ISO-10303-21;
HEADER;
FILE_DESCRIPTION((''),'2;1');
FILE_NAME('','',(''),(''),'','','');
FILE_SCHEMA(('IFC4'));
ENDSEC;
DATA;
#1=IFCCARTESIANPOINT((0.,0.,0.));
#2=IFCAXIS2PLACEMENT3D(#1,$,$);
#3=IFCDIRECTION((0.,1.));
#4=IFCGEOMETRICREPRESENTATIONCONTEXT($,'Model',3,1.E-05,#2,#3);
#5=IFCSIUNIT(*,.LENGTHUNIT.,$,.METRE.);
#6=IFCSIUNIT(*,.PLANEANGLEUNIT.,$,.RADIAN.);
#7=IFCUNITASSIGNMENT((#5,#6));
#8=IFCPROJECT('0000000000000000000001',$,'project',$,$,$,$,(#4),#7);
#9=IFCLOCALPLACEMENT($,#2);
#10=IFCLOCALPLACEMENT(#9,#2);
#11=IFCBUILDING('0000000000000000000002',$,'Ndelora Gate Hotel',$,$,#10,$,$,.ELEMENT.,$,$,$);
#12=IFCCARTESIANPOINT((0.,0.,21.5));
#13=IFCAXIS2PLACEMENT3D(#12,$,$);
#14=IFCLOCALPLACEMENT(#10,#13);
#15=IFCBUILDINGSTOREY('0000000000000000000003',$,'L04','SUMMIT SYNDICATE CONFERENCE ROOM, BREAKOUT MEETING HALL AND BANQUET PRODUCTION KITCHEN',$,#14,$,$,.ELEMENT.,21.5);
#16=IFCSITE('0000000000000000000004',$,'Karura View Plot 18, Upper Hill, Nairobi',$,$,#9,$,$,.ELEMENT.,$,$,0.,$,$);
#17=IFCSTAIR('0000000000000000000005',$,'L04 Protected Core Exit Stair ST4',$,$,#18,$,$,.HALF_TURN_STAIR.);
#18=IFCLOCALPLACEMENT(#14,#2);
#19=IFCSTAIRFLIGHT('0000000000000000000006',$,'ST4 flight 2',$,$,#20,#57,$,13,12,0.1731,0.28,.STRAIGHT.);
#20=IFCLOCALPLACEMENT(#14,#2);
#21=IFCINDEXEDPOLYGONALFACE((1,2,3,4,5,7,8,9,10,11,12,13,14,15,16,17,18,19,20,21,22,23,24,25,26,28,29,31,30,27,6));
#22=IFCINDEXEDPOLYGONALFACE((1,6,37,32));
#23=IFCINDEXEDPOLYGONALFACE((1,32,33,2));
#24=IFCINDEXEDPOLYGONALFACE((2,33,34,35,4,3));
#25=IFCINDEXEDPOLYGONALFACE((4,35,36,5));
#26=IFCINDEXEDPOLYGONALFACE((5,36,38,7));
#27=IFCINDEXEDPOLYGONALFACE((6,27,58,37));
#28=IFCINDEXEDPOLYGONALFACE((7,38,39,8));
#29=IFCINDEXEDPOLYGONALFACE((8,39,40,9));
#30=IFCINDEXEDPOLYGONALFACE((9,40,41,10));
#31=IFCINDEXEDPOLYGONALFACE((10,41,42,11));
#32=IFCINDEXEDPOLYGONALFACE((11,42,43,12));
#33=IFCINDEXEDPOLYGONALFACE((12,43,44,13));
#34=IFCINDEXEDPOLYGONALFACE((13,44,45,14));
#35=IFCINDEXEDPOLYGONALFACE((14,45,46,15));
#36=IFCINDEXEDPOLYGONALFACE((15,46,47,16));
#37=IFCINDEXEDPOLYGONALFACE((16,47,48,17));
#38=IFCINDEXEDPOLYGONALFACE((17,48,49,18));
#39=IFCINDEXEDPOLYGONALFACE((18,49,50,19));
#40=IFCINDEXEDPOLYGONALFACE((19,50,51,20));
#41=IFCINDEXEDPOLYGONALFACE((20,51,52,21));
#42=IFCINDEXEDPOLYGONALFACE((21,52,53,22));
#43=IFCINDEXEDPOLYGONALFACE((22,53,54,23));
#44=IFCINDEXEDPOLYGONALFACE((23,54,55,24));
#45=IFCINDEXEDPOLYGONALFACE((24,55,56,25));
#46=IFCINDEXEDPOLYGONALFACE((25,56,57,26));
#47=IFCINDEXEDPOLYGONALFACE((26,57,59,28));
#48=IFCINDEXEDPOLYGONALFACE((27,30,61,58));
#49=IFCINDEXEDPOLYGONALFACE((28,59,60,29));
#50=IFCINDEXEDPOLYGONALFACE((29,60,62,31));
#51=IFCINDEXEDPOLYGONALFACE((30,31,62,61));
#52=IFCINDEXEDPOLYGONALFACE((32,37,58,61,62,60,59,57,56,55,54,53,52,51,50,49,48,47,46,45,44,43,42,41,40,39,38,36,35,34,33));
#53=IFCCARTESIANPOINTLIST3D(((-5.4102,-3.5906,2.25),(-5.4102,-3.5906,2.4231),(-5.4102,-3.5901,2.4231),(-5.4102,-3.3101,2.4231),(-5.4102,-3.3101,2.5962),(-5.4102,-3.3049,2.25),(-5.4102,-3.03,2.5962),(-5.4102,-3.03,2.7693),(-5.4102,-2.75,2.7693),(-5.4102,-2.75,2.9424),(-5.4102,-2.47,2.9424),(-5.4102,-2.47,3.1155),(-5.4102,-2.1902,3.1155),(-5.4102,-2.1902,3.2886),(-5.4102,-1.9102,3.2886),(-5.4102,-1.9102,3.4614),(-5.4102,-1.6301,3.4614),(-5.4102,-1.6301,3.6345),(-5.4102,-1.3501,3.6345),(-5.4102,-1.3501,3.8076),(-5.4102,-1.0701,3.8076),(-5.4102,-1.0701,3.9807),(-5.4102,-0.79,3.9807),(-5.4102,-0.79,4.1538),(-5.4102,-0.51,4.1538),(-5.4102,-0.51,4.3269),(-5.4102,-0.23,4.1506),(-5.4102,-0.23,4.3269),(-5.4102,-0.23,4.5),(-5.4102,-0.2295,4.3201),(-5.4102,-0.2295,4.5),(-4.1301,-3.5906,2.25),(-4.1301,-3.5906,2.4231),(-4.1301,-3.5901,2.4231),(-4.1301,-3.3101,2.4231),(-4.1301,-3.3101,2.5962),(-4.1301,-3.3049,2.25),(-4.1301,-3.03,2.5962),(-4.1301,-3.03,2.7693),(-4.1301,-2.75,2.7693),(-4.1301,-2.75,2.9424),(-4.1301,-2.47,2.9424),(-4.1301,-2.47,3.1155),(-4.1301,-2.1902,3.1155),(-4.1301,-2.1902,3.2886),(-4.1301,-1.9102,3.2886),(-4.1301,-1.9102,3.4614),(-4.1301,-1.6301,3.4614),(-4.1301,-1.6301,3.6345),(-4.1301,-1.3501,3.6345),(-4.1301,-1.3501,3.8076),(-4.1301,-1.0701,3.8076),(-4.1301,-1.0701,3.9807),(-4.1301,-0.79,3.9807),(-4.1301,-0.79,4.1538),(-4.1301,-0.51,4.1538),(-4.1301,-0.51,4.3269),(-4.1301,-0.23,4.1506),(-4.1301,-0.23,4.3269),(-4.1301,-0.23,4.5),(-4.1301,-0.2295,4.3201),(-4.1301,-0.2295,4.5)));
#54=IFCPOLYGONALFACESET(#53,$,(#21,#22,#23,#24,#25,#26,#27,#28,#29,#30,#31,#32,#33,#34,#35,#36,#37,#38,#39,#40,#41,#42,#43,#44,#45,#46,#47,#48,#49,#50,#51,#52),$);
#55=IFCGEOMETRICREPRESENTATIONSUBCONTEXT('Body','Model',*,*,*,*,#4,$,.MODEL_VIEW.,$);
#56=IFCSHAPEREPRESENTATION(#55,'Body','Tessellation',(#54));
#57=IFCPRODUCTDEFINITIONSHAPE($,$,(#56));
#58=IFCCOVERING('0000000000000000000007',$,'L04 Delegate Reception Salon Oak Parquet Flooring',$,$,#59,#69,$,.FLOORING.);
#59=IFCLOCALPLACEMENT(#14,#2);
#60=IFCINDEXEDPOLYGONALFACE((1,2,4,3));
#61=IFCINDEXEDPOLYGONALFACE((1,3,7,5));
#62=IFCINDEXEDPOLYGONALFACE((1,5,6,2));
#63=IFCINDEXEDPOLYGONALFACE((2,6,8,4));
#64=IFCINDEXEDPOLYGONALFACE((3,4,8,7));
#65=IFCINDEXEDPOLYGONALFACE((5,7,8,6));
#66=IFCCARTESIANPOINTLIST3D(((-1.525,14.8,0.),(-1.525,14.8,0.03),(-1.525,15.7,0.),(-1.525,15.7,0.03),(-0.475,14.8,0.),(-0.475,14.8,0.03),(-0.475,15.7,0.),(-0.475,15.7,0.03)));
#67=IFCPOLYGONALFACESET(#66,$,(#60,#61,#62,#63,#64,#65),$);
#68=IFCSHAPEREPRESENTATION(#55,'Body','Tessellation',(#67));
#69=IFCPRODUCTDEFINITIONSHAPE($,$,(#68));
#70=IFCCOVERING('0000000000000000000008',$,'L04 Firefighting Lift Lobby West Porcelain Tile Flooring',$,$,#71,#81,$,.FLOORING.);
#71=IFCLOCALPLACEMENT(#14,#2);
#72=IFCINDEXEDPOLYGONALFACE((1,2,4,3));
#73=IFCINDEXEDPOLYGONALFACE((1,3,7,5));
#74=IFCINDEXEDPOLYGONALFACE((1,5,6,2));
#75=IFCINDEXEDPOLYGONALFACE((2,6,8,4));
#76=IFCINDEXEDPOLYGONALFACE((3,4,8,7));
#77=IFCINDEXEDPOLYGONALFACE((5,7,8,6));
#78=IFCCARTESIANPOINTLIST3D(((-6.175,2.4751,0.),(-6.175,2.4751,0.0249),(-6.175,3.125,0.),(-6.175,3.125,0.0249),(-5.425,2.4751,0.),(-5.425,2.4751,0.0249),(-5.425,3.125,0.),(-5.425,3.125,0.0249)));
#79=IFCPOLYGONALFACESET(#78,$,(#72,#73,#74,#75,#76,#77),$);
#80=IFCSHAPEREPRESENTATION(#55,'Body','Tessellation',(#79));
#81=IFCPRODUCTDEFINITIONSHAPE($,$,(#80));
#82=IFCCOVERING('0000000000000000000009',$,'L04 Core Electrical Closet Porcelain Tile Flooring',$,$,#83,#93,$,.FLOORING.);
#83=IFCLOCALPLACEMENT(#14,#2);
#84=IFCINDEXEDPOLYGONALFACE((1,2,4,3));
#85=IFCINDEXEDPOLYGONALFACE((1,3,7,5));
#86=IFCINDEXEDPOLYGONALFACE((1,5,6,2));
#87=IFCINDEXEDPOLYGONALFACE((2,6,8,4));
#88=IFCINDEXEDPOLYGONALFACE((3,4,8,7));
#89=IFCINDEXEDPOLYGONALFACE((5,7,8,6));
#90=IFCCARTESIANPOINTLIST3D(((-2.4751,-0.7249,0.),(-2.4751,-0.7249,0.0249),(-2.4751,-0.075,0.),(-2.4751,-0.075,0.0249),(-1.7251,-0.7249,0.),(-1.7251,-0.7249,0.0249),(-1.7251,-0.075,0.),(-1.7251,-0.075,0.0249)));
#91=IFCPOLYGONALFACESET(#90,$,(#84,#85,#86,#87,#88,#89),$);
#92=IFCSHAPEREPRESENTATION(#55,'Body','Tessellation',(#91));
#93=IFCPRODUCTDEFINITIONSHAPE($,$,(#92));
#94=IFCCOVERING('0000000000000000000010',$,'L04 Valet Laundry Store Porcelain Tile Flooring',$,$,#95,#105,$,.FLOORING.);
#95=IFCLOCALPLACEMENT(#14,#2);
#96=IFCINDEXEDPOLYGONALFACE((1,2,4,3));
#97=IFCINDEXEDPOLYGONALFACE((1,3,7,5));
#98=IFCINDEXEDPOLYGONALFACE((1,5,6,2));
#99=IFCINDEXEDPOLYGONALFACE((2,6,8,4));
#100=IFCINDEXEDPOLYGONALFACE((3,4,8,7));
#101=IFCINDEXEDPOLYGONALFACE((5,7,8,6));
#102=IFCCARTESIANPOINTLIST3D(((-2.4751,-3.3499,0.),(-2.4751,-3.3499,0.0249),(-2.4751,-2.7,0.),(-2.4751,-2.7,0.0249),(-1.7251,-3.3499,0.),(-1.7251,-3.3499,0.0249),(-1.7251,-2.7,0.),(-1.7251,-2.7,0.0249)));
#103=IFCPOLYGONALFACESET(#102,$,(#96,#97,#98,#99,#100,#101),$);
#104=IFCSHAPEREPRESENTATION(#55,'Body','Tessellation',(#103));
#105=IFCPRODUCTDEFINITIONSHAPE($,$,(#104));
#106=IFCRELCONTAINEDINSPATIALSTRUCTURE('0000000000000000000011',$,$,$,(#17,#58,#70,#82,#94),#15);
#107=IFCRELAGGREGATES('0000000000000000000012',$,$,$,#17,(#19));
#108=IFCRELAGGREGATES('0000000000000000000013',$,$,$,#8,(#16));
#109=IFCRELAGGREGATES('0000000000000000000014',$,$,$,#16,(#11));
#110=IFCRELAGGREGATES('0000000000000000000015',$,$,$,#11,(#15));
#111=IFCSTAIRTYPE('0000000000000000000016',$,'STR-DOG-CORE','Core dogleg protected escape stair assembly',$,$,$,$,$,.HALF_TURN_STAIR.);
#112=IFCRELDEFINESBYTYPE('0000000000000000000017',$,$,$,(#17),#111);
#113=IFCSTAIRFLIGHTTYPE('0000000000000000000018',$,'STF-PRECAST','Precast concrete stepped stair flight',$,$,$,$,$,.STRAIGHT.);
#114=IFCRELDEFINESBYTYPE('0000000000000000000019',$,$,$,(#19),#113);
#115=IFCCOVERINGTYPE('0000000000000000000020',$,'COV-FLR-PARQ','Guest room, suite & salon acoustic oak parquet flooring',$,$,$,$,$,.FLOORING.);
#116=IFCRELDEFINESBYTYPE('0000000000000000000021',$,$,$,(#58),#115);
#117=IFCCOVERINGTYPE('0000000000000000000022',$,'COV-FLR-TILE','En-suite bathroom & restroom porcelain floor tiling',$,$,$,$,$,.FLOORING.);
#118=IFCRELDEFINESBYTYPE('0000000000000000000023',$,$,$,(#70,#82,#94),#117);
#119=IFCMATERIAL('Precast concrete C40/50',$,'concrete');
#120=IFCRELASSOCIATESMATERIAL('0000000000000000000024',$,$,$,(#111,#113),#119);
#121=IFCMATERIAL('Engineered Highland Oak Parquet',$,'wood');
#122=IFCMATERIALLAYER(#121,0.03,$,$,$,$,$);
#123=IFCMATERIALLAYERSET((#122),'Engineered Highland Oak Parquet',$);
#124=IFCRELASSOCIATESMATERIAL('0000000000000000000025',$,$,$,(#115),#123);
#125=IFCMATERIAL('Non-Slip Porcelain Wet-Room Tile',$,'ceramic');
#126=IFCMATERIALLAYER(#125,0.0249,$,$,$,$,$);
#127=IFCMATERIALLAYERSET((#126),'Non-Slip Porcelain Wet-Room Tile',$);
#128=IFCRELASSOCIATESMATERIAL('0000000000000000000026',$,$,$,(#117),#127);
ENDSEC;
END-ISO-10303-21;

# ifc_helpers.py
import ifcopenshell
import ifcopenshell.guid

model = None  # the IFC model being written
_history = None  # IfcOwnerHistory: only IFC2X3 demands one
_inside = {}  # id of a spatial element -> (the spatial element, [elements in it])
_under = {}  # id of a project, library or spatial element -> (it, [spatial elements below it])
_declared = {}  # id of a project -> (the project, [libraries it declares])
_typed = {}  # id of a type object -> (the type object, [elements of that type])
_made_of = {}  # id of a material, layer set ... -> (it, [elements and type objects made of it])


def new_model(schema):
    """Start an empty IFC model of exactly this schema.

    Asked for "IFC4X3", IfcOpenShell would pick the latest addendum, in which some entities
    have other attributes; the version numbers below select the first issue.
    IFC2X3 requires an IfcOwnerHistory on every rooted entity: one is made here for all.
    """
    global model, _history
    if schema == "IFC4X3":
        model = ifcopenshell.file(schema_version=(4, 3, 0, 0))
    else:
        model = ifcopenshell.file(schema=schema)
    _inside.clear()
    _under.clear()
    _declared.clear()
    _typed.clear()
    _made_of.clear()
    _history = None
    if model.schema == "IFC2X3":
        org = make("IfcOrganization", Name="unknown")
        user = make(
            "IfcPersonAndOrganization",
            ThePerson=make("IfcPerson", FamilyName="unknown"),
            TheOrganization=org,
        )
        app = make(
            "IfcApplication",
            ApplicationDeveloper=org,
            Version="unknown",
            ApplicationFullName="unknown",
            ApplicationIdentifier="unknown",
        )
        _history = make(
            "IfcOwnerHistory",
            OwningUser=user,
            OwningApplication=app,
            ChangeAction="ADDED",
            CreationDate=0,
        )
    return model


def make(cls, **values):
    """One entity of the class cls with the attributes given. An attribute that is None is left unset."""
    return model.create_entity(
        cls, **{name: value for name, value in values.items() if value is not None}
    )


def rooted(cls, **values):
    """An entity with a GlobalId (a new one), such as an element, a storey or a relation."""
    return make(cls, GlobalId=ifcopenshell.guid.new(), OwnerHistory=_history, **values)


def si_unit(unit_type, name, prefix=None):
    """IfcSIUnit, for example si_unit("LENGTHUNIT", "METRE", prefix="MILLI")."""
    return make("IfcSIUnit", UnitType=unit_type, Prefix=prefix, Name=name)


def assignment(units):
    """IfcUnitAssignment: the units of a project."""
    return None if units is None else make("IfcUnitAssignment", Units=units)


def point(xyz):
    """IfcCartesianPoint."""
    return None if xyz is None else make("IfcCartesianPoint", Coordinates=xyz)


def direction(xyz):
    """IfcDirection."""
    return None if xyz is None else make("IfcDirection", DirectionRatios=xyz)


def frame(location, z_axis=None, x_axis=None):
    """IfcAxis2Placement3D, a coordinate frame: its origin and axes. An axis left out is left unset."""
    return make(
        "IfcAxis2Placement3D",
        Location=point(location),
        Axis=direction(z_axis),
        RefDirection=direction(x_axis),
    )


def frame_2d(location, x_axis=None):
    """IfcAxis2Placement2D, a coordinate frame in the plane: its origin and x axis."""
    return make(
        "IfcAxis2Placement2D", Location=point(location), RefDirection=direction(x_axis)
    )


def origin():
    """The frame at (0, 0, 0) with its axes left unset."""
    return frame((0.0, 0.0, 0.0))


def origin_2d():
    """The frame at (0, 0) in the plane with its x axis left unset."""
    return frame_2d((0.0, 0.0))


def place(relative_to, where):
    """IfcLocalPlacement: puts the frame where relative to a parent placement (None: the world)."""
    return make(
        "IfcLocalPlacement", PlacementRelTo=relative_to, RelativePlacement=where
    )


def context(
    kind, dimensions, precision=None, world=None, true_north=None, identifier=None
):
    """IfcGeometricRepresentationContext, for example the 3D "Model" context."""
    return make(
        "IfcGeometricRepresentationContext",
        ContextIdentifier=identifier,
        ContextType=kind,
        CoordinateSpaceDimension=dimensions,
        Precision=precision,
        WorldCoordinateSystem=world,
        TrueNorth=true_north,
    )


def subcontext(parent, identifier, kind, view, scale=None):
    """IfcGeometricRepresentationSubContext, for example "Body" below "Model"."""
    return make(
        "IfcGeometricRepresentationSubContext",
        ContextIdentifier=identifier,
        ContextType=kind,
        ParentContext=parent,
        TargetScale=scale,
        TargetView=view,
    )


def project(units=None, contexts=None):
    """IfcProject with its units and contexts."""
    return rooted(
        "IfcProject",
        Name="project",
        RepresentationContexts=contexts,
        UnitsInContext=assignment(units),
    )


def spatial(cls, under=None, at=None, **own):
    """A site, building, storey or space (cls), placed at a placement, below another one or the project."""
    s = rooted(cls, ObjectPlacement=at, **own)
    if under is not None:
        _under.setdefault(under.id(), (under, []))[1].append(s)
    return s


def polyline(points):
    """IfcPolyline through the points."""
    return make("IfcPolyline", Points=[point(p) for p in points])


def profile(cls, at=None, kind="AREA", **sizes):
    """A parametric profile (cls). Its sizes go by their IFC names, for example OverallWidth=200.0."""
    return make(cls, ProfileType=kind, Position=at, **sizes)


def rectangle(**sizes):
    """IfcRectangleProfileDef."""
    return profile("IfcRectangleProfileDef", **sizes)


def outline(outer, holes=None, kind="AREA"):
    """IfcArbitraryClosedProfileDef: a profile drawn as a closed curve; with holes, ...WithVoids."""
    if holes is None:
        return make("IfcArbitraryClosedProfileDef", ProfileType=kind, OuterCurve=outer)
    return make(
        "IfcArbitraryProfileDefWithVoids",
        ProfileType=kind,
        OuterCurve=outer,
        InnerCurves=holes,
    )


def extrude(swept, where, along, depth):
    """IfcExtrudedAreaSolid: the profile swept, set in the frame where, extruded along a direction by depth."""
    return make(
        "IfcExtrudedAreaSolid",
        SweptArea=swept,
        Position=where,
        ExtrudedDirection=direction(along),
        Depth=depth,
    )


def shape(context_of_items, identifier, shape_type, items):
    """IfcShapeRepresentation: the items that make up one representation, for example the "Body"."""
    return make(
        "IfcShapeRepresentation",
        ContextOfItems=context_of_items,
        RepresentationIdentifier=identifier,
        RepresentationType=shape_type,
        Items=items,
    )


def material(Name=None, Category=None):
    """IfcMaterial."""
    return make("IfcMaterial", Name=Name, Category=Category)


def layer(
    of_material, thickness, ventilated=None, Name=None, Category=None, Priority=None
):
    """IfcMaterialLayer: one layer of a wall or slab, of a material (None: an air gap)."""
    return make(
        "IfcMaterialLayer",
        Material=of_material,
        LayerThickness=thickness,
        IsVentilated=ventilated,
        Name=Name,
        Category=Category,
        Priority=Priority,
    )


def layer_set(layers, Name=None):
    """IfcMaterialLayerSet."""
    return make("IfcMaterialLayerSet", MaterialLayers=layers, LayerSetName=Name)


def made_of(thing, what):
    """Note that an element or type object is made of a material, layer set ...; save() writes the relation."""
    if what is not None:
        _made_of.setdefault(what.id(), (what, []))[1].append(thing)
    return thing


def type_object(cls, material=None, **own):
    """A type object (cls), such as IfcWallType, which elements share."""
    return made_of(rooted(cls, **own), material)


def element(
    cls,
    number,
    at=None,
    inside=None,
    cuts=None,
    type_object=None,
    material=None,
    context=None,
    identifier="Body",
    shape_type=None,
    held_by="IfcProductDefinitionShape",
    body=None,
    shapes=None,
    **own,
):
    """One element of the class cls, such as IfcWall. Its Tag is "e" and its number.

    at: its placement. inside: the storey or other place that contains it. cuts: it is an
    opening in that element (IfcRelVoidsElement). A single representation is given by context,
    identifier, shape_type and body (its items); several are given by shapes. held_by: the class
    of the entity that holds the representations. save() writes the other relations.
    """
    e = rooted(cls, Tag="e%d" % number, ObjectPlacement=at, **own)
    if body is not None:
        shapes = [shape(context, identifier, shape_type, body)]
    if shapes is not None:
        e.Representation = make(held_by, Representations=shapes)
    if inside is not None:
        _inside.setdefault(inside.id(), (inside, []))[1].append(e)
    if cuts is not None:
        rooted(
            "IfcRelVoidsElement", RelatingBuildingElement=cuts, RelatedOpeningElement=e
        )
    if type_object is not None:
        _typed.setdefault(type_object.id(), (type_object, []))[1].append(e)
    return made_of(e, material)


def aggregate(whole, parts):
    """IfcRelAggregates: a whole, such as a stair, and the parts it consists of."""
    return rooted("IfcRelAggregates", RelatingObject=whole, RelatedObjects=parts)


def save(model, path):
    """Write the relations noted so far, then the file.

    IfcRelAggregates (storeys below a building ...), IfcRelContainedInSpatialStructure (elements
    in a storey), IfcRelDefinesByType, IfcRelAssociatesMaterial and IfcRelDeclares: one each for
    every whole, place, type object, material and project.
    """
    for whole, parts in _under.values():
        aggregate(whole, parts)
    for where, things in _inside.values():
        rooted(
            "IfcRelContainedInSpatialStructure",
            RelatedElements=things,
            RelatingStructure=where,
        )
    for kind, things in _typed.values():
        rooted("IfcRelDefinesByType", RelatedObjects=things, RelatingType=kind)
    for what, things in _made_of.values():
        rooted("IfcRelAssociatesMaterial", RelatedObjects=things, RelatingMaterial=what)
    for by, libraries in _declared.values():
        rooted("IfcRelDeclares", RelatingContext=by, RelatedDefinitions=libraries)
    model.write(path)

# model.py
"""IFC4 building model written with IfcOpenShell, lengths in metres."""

from ifc_helpers import new_model, si_unit, direction, frame, origin, origin_2d, place, context, subcontext, project, spatial, polyline, rectangle, outline, extrude, material, layer, layer_set, type_object, element, aggregate, save


model = new_model("IFC4")

# Units and contexts
model_context = context("Model", 3, precision=1e-05, world=origin(), true_north=direction((0.0, 1.0)))
body_context = subcontext(model_context, "Body", "Model", "MODEL_VIEW")
ifc_project = project(units=[si_unit("LENGTHUNIT", "METRE"), si_unit("PLANEANGLEUNIT", "RADIAN")], contexts=[model_context])

# Site, building, storey
site_placement = place(None, origin())
site = spatial("IfcSite", under=ifc_project, at=site_placement, Name="Karura View Plot 18, Upper Hill, Nairobi", CompositionType="ELEMENT", RefElevation=0.0)
building_placement = place(site_placement, origin())
building = spatial("IfcBuilding", under=site, at=building_placement, Name="Ndelora Gate Hotel", CompositionType="ELEMENT")
storey_placement = place(building_placement, frame((0.0, 0.0, 21.5)))
storey = spatial("IfcBuildingStorey", under=building, at=storey_placement, Name="L04", Description="SUMMIT SYNDICATE CONFERENCE ROOM, BREAKOUT MEETING HALL AND BANQUET PRODUCTION KITCHEN", CompositionType="ELEMENT", Elevation=21.5)

# Stair, stair flight
ifc_material_1 = material(Name="Precast concrete C40/50", Category="concrete")
stair_type = type_object("IfcStairType", Name="STR-DOG-CORE", Description="Core dogleg protected escape stair assembly", PredefinedType="HALF_TURN_STAIR", material=ifc_material_1)
stair_placement = place(storey_placement, origin())
stair = element("IfcStair", 1, at=stair_placement, inside=storey, type_object=stair_type, Name="L04 Protected Core Exit Stair ST4", PredefinedType="HALF_TURN_STAIR")
stair_flight_type = type_object("IfcStairFlightType", Name="STF-PRECAST", Description="Precast concrete stepped stair flight", PredefinedType="STRAIGHT", material=ifc_material_1)
stair_flight_1_placement = place(storey_placement, frame((-4.77, -3.5901, 2.25), z_axis=(0.0, 0.0, 1.0), x_axis=(0.0, 1.0, 0.0)))
stair_flight_1 = element("IfcStairFlight", 2, at=stair_flight_1_placement, type_object=stair_flight_type, Name="ST4 flight 2", NumberOfRisers=13, NumberOfTreads=12, PredefinedType="STRAIGHT", RiserHeight=0.1731, TreadLength=0.28, context=body_context, shape_type="SweptSolid", body=[
    extrude(outline(polyline([(-0.0005, 0.0), (-0.0005, 0.1731), (0.0, 0.1731), (0.28, 0.1731), (0.28, 0.3462), (0.5601, 0.3462), (0.5601, 0.5193), (0.8401, 0.5193), (0.8401, 0.6924), (1.1201, 0.6924), (1.1201, 0.8655), (1.3999, 0.8655), (1.3999, 1.0386), (1.6799, 1.0386), (1.6799, 1.2114), (1.96, 1.2114), (1.96, 1.3845), (2.24, 1.3845), (2.24, 1.5576), (2.52, 1.5576), (2.52, 1.7307), (2.8, 1.7307), (2.8, 1.9038), (3.0801, 1.9038), (3.0801, 2.0769), (3.3601, 2.0769), (3.3601, 2.25), (3.3606, 2.25), (3.3606, 2.0701), (3.3601, 1.9006), (0.2852, 0.0), (-0.0005, 0.0)])), frame((0.0, 0.6401, 0.0), z_axis=(0.0, -1.0, 0.0), x_axis=(1.0, 0.0, 0.0)), (0.0, 0.0, 1.0), 1.28),
])
aggregate(stair, [stair_flight_1])

# Coverings
ifc_material_2 = material(Name="Engineered Highland Oak Parquet", Category="wood")
ifc_layer_1 = layer(ifc_material_2, 0.03)
ifc_layer_set_1 = layer_set([ifc_layer_1], Name="Engineered Highland Oak Parquet")
covering_type_1 = type_object("IfcCoveringType", Name="COV-FLR-PARQ", Description="Guest room, suite & salon acoustic oak parquet flooring", PredefinedType="FLOORING", material=ifc_layer_set_1)
covering_placement = place(storey_placement, frame((-1.0, 15.25, 0.0), z_axis=(0.0, 0.0, 1.0), x_axis=(1.0, 0.0, 0.0)))
element("IfcCovering", 3, at=covering_placement, inside=storey, type_object=covering_type_1, Name="L04 Delegate Reception Salon Oak Parquet Flooring", PredefinedType="FLOORING", context=body_context, shape_type="SweptSolid", body=[
    extrude(rectangle(XDim=1.05, YDim=0.8999, at=origin_2d()), origin(), (0.0, 0.0, 1.0), 0.03),
])
ifc_material_3 = material(Name="Non-Slip Porcelain Wet-Room Tile", Category="ceramic")
ifc_layer_2 = layer(ifc_material_3, 0.0249)
ifc_layer_set_2 = layer_set([ifc_layer_2], Name="Non-Slip Porcelain Wet-Room Tile")
covering_type_2 = type_object("IfcCoveringType", Name="COV-FLR-TILE", Description="En-suite bathroom & restroom porcelain floor tiling", PredefinedType="FLOORING", material=ifc_layer_set_2)
for number, where, z_axis, x_axis, name in (
    (4, (-5.8, 2.8, 0.0), (0.0, 0.0, 1.0), (1.0, 0.0, 0.0), "L04 Firefighting Lift Lobby West Porcelain Tile Flooring"),
    (5, (-2.1001, -0.3999, 0.0), (0.0, 0.0, 1.0), (1.0, 0.0, 0.0), "L04 Core Electrical Closet Porcelain Tile Flooring"),
    (6, (-2.1001, -3.0249, 0.0), (0.0, 0.0, 1.0), (1.0, 0.0, 0.0), "L04 Valet Laundry Store Porcelain Tile Flooring"),
):
    element("IfcCovering", number, at=place(storey_placement, frame(where, z_axis=z_axis, x_axis=x_axis)), inside=storey, type_object=covering_type_2, Name=name, PredefinedType="FLOORING", context=body_context, shape_type="SweptSolid", body=[
        extrude(rectangle(XDim=0.75, YDim=0.6499, at=origin_2d()), origin(), (0.0, 0.0, 1.0), 0.0249),
    ])

save(model, "model.ifc")
